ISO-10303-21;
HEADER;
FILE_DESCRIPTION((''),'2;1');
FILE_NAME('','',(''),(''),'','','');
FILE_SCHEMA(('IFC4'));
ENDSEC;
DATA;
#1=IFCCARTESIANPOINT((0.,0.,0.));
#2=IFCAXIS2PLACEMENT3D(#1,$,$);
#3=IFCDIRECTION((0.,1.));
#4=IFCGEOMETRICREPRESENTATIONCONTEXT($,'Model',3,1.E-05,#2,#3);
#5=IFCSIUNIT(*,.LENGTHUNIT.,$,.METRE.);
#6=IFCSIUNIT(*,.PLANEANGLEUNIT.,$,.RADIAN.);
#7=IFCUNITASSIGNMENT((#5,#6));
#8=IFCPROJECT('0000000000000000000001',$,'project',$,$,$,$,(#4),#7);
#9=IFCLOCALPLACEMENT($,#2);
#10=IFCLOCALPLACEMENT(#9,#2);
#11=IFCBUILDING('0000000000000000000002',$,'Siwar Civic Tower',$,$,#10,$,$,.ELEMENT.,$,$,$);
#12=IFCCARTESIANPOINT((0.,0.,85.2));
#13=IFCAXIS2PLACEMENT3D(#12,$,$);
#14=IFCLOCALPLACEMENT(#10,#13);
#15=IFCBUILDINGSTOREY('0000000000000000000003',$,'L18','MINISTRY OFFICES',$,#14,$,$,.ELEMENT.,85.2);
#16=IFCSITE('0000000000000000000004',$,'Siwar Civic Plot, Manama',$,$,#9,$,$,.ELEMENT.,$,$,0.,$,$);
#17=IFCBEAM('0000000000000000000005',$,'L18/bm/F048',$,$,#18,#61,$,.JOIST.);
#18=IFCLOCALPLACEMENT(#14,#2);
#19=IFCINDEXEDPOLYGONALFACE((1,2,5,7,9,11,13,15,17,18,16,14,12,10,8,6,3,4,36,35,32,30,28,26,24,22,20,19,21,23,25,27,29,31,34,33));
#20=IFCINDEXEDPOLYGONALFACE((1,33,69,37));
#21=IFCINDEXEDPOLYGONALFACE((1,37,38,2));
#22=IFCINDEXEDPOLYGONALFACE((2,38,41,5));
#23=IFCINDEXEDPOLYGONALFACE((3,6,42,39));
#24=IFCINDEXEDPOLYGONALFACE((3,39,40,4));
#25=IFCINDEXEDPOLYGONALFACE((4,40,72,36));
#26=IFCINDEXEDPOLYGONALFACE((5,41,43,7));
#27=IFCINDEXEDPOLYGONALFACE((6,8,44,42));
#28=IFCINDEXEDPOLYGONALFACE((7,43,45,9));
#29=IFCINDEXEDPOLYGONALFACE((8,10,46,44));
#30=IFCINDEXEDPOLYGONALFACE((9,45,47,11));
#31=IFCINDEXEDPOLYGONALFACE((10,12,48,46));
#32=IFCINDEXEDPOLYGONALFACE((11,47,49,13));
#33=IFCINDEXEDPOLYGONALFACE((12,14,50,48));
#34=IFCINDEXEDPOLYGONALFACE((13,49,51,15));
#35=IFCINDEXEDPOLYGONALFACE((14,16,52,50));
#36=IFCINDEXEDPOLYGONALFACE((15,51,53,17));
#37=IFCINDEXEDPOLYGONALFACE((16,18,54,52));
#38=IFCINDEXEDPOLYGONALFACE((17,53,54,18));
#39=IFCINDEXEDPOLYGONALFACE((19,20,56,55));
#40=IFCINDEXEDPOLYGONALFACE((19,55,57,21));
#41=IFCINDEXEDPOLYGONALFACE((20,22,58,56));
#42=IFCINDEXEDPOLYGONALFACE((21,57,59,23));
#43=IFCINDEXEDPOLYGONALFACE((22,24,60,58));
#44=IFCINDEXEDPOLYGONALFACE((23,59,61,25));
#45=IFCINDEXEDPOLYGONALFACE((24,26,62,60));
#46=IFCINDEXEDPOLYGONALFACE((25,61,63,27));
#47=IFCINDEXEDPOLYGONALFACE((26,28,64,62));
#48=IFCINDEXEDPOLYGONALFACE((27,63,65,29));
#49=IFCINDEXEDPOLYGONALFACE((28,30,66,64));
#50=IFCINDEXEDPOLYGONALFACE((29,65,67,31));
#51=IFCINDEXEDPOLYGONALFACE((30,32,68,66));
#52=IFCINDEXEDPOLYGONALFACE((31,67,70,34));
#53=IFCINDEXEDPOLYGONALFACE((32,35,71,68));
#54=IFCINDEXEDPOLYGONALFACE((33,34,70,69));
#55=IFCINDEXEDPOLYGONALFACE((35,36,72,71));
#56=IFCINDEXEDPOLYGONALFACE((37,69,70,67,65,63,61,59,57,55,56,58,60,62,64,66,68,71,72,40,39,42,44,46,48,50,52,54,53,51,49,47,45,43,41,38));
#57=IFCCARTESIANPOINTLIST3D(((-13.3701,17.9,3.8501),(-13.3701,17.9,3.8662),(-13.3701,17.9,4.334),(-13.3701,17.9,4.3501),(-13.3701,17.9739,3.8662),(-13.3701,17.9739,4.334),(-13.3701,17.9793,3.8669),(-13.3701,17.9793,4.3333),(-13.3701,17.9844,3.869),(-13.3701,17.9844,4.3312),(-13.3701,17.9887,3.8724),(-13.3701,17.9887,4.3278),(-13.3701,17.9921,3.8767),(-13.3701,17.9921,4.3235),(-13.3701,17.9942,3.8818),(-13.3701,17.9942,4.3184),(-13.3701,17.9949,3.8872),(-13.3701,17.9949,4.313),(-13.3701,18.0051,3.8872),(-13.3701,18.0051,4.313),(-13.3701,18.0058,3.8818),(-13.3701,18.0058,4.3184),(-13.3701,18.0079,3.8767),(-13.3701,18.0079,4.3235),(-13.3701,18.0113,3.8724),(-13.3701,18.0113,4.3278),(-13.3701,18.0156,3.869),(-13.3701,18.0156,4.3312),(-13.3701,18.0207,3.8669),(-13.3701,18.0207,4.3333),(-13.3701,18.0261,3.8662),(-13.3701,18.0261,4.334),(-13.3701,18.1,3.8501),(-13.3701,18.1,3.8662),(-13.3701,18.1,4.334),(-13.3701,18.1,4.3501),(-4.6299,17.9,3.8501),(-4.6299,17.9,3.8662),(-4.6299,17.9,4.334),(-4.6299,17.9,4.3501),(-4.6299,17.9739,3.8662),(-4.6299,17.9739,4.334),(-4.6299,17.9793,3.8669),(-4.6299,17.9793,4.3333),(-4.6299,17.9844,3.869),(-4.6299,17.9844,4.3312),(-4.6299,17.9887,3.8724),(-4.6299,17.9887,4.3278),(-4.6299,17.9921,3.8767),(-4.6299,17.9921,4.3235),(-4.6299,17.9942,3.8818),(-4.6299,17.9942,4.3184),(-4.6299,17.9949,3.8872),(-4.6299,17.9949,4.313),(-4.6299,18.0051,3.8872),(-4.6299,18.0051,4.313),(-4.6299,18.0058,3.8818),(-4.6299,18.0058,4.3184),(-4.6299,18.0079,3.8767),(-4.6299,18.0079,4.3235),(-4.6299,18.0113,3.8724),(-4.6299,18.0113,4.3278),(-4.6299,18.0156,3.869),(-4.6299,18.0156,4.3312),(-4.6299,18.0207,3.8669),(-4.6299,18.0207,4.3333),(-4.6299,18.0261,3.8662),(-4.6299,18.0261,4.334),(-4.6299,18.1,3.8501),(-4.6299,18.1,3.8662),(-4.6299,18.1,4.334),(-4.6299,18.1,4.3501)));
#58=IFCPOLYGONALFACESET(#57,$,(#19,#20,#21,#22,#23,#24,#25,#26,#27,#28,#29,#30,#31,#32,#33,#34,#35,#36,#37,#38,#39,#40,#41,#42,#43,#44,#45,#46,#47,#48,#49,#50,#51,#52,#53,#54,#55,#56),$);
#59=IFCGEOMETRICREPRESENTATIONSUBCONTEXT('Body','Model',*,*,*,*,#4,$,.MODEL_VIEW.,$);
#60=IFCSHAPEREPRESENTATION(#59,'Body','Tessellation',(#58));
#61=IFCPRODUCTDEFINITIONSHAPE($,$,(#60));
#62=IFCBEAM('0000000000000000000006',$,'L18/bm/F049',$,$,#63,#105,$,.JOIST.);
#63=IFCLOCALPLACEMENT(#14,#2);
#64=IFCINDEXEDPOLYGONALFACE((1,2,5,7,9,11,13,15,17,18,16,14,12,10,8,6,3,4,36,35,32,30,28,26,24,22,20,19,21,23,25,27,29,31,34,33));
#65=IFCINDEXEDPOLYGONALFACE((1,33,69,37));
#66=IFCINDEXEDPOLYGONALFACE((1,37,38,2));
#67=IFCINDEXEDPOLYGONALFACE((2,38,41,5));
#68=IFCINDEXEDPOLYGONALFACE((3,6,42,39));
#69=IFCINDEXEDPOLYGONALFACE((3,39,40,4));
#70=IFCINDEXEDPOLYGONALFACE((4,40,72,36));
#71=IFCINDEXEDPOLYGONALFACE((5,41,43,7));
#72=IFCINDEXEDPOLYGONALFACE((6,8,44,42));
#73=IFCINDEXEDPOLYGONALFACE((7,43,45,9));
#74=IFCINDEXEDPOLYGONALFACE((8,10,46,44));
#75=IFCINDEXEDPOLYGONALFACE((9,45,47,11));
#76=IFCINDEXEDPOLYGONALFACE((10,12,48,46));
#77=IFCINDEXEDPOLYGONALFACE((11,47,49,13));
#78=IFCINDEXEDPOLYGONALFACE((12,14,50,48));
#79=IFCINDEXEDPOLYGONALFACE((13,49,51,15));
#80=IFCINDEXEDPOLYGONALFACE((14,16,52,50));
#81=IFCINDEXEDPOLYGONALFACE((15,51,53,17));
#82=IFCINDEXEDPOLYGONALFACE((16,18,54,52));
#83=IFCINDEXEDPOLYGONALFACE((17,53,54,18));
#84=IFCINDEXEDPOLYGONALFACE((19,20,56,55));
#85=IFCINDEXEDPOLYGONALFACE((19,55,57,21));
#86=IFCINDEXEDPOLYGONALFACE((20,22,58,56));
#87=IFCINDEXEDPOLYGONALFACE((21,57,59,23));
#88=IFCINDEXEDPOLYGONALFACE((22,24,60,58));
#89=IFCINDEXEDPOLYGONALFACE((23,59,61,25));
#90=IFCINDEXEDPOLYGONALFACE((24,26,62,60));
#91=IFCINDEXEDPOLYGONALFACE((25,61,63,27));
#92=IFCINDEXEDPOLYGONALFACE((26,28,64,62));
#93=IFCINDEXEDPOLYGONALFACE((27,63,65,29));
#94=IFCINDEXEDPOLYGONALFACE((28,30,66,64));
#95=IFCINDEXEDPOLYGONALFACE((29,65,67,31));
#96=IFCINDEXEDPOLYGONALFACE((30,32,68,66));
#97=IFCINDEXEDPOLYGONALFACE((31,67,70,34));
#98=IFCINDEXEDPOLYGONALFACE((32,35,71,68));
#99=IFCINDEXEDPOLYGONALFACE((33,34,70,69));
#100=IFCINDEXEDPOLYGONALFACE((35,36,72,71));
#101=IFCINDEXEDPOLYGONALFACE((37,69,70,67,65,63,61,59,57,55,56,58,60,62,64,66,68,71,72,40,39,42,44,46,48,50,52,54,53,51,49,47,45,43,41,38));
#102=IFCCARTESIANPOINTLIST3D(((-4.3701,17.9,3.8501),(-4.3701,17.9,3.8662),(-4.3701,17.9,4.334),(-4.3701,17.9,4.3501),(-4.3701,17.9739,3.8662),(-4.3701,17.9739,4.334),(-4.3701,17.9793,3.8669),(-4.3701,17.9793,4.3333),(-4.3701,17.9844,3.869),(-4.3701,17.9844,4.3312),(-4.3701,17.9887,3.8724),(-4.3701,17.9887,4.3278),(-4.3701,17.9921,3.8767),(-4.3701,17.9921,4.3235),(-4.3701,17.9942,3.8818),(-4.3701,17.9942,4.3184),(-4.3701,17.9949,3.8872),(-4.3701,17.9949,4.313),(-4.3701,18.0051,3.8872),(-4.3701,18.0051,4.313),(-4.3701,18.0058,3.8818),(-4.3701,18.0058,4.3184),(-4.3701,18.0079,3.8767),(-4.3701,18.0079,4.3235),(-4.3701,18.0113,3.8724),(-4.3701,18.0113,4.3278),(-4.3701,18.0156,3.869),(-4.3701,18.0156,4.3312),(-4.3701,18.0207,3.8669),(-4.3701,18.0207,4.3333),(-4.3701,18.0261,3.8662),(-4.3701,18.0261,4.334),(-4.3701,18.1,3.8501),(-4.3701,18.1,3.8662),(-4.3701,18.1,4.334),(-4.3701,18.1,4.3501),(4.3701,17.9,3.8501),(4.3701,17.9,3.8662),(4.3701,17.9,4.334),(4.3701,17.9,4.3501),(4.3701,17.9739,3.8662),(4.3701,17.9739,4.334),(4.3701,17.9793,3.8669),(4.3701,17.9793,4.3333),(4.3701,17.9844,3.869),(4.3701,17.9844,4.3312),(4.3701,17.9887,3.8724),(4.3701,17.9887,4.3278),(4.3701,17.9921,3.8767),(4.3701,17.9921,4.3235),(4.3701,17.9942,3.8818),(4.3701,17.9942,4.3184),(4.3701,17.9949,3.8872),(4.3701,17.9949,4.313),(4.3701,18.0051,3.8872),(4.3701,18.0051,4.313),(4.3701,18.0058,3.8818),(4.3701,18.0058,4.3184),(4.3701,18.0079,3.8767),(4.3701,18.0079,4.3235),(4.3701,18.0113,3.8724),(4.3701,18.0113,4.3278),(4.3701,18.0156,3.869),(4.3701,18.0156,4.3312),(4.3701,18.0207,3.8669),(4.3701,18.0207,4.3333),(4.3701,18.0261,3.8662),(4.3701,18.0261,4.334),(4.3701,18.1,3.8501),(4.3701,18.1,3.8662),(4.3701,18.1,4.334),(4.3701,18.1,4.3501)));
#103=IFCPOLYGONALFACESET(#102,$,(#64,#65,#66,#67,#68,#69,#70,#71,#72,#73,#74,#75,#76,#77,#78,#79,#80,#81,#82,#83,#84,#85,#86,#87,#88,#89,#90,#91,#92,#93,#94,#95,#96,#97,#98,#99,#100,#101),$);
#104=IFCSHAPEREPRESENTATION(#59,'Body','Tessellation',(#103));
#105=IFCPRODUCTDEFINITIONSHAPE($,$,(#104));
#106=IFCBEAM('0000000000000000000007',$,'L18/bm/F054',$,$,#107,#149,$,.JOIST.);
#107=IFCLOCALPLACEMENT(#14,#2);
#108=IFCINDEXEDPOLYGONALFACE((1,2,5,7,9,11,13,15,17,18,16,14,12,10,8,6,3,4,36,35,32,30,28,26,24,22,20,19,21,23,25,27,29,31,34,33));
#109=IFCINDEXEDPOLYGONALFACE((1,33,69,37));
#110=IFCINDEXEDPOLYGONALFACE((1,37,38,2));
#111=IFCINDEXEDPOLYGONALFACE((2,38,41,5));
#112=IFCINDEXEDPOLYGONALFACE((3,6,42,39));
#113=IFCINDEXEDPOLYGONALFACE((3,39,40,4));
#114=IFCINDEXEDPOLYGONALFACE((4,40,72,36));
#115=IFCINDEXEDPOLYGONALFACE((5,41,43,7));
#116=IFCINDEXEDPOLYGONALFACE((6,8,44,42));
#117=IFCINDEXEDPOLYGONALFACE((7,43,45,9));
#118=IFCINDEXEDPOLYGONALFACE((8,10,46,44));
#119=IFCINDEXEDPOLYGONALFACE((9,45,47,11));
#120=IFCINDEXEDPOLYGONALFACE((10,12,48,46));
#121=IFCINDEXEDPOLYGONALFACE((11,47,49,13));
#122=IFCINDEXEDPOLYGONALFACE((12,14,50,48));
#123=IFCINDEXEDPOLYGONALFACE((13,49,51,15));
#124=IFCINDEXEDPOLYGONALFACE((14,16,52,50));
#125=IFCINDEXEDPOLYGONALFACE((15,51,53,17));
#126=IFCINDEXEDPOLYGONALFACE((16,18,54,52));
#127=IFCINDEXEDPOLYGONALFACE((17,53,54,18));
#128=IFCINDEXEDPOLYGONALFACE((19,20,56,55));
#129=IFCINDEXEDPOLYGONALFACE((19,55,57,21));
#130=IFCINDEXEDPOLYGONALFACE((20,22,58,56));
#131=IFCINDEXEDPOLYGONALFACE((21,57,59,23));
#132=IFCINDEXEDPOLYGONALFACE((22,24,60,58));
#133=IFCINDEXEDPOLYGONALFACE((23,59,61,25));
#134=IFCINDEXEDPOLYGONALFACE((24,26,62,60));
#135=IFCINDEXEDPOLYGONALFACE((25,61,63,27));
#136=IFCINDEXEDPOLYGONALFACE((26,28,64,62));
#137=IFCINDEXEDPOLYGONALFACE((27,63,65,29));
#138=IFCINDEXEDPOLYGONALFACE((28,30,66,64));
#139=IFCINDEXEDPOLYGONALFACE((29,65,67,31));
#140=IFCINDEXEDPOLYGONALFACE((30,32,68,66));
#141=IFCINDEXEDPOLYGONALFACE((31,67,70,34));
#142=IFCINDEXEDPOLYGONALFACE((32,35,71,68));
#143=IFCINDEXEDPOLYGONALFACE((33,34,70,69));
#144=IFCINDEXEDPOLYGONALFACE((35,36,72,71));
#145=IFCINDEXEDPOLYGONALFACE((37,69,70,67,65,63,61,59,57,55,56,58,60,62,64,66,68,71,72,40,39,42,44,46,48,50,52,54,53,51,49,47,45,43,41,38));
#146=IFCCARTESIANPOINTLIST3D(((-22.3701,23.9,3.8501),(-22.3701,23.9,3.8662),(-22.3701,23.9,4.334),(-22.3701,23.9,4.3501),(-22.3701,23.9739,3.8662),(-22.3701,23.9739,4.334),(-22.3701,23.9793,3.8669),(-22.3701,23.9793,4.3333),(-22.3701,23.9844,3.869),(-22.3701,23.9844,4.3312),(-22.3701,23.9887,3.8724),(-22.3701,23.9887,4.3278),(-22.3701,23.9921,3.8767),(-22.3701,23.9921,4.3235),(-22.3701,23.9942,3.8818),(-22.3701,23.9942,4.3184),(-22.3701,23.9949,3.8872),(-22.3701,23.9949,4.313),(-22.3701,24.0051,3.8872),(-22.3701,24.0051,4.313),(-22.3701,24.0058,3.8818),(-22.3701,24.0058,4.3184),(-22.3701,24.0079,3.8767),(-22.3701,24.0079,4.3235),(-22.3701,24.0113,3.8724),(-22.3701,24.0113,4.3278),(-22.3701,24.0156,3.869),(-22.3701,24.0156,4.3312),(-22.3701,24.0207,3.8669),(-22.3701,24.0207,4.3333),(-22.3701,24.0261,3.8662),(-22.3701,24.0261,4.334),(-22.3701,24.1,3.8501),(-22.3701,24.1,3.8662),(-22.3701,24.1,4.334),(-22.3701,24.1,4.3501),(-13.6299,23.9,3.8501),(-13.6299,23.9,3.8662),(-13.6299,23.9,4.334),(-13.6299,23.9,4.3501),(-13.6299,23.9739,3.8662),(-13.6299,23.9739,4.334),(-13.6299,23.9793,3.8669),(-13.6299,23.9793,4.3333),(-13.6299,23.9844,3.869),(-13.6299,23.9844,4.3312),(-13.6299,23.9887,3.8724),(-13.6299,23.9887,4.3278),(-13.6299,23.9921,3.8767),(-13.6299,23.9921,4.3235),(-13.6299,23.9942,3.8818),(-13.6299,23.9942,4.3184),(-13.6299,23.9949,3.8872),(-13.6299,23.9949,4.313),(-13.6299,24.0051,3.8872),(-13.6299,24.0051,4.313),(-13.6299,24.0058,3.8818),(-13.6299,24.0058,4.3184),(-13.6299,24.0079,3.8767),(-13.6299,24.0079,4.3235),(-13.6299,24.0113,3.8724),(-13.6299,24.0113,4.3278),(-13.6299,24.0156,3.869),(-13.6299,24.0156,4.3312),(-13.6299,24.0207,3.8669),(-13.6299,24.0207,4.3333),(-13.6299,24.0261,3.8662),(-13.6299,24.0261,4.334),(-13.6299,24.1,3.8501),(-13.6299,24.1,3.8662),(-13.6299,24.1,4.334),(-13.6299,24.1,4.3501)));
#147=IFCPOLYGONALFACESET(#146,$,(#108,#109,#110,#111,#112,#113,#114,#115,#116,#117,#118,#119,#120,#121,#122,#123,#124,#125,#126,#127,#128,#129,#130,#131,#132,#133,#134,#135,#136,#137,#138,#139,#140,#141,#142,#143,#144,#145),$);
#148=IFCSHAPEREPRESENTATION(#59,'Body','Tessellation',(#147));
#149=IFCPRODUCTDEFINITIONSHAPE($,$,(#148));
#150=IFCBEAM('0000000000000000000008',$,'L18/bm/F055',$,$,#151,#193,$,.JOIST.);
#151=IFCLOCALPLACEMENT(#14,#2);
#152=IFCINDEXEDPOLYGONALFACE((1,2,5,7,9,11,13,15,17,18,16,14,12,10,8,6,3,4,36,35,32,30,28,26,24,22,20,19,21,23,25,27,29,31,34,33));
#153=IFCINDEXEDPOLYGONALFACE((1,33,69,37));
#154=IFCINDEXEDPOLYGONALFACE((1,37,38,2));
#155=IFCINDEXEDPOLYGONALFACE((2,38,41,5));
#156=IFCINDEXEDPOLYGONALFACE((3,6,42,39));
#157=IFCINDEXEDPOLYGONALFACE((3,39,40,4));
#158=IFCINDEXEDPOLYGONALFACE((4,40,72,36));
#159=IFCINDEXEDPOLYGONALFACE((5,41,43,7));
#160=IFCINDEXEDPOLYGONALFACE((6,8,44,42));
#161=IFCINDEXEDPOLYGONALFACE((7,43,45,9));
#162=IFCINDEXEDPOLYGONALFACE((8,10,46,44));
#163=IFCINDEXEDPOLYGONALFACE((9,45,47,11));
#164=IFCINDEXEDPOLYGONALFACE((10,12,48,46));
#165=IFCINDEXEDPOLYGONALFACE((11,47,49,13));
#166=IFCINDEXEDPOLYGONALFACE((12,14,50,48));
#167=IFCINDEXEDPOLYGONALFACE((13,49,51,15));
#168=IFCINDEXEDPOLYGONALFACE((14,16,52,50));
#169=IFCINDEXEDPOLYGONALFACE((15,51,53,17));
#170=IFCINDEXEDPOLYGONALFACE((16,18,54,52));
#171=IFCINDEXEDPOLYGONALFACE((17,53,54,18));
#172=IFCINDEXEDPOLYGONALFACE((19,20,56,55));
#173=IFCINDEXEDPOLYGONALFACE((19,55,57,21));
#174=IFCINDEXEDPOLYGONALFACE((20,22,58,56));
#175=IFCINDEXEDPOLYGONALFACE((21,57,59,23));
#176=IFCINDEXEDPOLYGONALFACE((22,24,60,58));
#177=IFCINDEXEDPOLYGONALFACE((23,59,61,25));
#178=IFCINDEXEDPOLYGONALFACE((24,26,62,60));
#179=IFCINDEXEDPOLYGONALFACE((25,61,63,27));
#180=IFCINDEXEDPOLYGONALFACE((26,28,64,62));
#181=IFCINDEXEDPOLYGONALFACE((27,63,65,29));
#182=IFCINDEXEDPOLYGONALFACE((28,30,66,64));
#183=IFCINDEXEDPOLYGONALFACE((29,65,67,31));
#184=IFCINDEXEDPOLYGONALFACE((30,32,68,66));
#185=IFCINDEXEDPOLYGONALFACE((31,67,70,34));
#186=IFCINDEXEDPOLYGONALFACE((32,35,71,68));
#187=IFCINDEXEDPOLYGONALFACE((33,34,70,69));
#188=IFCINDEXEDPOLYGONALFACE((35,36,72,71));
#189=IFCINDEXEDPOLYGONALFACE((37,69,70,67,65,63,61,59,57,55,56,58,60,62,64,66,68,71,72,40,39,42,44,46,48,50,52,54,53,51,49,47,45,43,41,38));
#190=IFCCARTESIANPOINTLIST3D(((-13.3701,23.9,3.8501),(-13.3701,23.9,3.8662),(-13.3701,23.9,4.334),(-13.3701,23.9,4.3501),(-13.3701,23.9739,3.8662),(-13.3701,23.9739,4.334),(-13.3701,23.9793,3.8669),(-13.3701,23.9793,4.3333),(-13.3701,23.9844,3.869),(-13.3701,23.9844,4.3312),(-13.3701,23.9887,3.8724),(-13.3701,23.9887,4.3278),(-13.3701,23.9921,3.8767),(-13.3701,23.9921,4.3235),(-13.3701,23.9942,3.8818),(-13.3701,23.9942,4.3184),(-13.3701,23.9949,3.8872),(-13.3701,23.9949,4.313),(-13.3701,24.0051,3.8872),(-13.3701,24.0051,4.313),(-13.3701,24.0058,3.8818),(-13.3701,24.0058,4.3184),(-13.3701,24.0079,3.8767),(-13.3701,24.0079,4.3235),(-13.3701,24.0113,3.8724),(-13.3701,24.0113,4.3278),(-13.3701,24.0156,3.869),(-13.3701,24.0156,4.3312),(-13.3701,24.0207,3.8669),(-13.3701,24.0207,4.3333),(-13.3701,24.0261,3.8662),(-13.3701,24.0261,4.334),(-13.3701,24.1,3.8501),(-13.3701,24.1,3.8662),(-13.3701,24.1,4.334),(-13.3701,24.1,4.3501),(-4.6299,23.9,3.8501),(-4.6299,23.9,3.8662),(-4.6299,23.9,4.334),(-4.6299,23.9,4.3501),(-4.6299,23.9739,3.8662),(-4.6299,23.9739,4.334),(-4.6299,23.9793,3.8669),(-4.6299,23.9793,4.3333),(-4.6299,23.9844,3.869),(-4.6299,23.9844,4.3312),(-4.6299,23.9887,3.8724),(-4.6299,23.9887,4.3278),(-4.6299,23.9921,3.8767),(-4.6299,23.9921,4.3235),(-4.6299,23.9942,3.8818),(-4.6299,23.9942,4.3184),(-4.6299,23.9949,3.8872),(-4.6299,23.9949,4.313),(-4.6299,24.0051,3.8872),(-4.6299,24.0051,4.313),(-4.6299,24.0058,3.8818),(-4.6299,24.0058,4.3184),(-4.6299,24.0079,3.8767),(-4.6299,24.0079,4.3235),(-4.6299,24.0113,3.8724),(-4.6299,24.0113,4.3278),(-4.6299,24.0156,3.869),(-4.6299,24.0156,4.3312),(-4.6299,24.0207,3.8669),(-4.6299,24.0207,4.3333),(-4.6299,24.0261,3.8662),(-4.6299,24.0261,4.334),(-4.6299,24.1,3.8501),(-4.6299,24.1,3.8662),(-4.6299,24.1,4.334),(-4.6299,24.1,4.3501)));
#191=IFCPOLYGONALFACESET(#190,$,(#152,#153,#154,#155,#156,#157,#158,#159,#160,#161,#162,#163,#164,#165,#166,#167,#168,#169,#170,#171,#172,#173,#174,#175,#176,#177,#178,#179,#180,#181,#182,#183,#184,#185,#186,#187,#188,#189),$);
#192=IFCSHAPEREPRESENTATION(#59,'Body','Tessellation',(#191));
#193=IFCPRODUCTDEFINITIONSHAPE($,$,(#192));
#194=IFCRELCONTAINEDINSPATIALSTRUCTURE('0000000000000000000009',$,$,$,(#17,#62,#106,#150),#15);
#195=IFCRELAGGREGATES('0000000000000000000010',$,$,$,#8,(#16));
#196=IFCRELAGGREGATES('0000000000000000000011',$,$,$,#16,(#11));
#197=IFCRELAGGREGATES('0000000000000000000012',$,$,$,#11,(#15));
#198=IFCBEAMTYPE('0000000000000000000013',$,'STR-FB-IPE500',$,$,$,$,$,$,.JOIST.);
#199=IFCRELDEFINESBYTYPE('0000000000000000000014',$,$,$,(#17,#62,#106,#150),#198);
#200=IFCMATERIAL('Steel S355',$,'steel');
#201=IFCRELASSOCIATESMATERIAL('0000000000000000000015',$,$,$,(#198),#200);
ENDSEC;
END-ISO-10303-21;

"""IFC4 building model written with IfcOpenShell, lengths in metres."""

from ifc_helpers import new_model, si_unit, direction, frame, origin, origin_2d, place, context, subcontext, project, spatial, i_section, extrude, material, material_profile, profile_set, type_object, element, save


model = new_model("IFC4")

# Units and contexts
model_context = context("Model", 3, precision=1e-05, world=origin(), true_north=direction((0.0, 1.0)))
body_context = subcontext(model_context, "Body", "Model", "MODEL_VIEW")
ifc_project = project(units=[si_unit("LENGTHUNIT", "METRE"), si_unit("PLANEANGLEUNIT", "RADIAN")], contexts=[model_context])

# Site, building, storey
site_placement = place(None, origin())
site = spatial("IfcSite", under=ifc_project, at=site_placement, Name="Siwar Civic Plot, Manama", CompositionType="ELEMENT", RefElevation=0.0)
building_placement = place(site_placement, origin())
building = spatial("IfcBuilding", under=site, at=building_placement, Name="Siwar Civic Tower", CompositionType="ELEMENT")
storey_placement = place(building_placement, frame((0.0, 0.0, 85.2)))
storey = spatial("IfcBuildingStorey", under=building, at=storey_placement, Name="L18", Description="MINISTRY OFFICES", CompositionType="ELEMENT", Elevation=85.2)

# Beams
ifc_material_1 = material(Name="Steel S355", Category="steel")
ifc_material_profile_1 = material_profile(ifc_material_1, i_section(OverallWidth=0.2, OverallDepth=0.5, WebThickness=0.0103, FlangeThickness=0.0161, FilletRadius=0.021, at=origin_2d()), Name="IPE500")
ifc_profile_set_1 = profile_set([ifc_material_profile_1], Name="Steel S355")
beam_type_1 = type_object("IfcBeamType", Name="STR-FB-IPE500", PredefinedType="JOIST", material=ifc_profile_set_1)
for number, where, z_axis, x_axis, name in (
    (1, (-13.3701, 18.0, 4.1001), (1.0, 0.0, 0.0), (0.0, 1.0, 0.0), "L18/bm/F048"),
    (2, (-4.3701, 18.0, 4.1001), (1.0, 0.0, 0.0), (0.0, 1.0, 0.0), "L18/bm/F049"),
    (3, (-22.3701, 24.0, 4.1001), (1.0, 0.0, 0.0), (0.0, 1.0, 0.0), "L18/bm/F054"),
    (4, (-13.3701, 24.0, 4.1001), (1.0, 0.0, 0.0), (0.0, 1.0, 0.0), "L18/bm/F055"),
):
    element("IfcBeam", number, at=place(storey_placement, frame(where, z_axis=z_axis, x_axis=x_axis)), inside=storey, type_object=beam_type_1, Name=name, PredefinedType="JOIST", context=body_context, shape_type="SweptSolid", body=[
        extrude(i_section(OverallWidth=0.2, OverallDepth=0.5, WebThickness=0.0103, FlangeThickness=0.0161, FilletRadius=0.021, at=origin_2d()), origin(), (0.0, 0.0, 1.0), 8.7402),
    ])

save(model, "model.ifc")
